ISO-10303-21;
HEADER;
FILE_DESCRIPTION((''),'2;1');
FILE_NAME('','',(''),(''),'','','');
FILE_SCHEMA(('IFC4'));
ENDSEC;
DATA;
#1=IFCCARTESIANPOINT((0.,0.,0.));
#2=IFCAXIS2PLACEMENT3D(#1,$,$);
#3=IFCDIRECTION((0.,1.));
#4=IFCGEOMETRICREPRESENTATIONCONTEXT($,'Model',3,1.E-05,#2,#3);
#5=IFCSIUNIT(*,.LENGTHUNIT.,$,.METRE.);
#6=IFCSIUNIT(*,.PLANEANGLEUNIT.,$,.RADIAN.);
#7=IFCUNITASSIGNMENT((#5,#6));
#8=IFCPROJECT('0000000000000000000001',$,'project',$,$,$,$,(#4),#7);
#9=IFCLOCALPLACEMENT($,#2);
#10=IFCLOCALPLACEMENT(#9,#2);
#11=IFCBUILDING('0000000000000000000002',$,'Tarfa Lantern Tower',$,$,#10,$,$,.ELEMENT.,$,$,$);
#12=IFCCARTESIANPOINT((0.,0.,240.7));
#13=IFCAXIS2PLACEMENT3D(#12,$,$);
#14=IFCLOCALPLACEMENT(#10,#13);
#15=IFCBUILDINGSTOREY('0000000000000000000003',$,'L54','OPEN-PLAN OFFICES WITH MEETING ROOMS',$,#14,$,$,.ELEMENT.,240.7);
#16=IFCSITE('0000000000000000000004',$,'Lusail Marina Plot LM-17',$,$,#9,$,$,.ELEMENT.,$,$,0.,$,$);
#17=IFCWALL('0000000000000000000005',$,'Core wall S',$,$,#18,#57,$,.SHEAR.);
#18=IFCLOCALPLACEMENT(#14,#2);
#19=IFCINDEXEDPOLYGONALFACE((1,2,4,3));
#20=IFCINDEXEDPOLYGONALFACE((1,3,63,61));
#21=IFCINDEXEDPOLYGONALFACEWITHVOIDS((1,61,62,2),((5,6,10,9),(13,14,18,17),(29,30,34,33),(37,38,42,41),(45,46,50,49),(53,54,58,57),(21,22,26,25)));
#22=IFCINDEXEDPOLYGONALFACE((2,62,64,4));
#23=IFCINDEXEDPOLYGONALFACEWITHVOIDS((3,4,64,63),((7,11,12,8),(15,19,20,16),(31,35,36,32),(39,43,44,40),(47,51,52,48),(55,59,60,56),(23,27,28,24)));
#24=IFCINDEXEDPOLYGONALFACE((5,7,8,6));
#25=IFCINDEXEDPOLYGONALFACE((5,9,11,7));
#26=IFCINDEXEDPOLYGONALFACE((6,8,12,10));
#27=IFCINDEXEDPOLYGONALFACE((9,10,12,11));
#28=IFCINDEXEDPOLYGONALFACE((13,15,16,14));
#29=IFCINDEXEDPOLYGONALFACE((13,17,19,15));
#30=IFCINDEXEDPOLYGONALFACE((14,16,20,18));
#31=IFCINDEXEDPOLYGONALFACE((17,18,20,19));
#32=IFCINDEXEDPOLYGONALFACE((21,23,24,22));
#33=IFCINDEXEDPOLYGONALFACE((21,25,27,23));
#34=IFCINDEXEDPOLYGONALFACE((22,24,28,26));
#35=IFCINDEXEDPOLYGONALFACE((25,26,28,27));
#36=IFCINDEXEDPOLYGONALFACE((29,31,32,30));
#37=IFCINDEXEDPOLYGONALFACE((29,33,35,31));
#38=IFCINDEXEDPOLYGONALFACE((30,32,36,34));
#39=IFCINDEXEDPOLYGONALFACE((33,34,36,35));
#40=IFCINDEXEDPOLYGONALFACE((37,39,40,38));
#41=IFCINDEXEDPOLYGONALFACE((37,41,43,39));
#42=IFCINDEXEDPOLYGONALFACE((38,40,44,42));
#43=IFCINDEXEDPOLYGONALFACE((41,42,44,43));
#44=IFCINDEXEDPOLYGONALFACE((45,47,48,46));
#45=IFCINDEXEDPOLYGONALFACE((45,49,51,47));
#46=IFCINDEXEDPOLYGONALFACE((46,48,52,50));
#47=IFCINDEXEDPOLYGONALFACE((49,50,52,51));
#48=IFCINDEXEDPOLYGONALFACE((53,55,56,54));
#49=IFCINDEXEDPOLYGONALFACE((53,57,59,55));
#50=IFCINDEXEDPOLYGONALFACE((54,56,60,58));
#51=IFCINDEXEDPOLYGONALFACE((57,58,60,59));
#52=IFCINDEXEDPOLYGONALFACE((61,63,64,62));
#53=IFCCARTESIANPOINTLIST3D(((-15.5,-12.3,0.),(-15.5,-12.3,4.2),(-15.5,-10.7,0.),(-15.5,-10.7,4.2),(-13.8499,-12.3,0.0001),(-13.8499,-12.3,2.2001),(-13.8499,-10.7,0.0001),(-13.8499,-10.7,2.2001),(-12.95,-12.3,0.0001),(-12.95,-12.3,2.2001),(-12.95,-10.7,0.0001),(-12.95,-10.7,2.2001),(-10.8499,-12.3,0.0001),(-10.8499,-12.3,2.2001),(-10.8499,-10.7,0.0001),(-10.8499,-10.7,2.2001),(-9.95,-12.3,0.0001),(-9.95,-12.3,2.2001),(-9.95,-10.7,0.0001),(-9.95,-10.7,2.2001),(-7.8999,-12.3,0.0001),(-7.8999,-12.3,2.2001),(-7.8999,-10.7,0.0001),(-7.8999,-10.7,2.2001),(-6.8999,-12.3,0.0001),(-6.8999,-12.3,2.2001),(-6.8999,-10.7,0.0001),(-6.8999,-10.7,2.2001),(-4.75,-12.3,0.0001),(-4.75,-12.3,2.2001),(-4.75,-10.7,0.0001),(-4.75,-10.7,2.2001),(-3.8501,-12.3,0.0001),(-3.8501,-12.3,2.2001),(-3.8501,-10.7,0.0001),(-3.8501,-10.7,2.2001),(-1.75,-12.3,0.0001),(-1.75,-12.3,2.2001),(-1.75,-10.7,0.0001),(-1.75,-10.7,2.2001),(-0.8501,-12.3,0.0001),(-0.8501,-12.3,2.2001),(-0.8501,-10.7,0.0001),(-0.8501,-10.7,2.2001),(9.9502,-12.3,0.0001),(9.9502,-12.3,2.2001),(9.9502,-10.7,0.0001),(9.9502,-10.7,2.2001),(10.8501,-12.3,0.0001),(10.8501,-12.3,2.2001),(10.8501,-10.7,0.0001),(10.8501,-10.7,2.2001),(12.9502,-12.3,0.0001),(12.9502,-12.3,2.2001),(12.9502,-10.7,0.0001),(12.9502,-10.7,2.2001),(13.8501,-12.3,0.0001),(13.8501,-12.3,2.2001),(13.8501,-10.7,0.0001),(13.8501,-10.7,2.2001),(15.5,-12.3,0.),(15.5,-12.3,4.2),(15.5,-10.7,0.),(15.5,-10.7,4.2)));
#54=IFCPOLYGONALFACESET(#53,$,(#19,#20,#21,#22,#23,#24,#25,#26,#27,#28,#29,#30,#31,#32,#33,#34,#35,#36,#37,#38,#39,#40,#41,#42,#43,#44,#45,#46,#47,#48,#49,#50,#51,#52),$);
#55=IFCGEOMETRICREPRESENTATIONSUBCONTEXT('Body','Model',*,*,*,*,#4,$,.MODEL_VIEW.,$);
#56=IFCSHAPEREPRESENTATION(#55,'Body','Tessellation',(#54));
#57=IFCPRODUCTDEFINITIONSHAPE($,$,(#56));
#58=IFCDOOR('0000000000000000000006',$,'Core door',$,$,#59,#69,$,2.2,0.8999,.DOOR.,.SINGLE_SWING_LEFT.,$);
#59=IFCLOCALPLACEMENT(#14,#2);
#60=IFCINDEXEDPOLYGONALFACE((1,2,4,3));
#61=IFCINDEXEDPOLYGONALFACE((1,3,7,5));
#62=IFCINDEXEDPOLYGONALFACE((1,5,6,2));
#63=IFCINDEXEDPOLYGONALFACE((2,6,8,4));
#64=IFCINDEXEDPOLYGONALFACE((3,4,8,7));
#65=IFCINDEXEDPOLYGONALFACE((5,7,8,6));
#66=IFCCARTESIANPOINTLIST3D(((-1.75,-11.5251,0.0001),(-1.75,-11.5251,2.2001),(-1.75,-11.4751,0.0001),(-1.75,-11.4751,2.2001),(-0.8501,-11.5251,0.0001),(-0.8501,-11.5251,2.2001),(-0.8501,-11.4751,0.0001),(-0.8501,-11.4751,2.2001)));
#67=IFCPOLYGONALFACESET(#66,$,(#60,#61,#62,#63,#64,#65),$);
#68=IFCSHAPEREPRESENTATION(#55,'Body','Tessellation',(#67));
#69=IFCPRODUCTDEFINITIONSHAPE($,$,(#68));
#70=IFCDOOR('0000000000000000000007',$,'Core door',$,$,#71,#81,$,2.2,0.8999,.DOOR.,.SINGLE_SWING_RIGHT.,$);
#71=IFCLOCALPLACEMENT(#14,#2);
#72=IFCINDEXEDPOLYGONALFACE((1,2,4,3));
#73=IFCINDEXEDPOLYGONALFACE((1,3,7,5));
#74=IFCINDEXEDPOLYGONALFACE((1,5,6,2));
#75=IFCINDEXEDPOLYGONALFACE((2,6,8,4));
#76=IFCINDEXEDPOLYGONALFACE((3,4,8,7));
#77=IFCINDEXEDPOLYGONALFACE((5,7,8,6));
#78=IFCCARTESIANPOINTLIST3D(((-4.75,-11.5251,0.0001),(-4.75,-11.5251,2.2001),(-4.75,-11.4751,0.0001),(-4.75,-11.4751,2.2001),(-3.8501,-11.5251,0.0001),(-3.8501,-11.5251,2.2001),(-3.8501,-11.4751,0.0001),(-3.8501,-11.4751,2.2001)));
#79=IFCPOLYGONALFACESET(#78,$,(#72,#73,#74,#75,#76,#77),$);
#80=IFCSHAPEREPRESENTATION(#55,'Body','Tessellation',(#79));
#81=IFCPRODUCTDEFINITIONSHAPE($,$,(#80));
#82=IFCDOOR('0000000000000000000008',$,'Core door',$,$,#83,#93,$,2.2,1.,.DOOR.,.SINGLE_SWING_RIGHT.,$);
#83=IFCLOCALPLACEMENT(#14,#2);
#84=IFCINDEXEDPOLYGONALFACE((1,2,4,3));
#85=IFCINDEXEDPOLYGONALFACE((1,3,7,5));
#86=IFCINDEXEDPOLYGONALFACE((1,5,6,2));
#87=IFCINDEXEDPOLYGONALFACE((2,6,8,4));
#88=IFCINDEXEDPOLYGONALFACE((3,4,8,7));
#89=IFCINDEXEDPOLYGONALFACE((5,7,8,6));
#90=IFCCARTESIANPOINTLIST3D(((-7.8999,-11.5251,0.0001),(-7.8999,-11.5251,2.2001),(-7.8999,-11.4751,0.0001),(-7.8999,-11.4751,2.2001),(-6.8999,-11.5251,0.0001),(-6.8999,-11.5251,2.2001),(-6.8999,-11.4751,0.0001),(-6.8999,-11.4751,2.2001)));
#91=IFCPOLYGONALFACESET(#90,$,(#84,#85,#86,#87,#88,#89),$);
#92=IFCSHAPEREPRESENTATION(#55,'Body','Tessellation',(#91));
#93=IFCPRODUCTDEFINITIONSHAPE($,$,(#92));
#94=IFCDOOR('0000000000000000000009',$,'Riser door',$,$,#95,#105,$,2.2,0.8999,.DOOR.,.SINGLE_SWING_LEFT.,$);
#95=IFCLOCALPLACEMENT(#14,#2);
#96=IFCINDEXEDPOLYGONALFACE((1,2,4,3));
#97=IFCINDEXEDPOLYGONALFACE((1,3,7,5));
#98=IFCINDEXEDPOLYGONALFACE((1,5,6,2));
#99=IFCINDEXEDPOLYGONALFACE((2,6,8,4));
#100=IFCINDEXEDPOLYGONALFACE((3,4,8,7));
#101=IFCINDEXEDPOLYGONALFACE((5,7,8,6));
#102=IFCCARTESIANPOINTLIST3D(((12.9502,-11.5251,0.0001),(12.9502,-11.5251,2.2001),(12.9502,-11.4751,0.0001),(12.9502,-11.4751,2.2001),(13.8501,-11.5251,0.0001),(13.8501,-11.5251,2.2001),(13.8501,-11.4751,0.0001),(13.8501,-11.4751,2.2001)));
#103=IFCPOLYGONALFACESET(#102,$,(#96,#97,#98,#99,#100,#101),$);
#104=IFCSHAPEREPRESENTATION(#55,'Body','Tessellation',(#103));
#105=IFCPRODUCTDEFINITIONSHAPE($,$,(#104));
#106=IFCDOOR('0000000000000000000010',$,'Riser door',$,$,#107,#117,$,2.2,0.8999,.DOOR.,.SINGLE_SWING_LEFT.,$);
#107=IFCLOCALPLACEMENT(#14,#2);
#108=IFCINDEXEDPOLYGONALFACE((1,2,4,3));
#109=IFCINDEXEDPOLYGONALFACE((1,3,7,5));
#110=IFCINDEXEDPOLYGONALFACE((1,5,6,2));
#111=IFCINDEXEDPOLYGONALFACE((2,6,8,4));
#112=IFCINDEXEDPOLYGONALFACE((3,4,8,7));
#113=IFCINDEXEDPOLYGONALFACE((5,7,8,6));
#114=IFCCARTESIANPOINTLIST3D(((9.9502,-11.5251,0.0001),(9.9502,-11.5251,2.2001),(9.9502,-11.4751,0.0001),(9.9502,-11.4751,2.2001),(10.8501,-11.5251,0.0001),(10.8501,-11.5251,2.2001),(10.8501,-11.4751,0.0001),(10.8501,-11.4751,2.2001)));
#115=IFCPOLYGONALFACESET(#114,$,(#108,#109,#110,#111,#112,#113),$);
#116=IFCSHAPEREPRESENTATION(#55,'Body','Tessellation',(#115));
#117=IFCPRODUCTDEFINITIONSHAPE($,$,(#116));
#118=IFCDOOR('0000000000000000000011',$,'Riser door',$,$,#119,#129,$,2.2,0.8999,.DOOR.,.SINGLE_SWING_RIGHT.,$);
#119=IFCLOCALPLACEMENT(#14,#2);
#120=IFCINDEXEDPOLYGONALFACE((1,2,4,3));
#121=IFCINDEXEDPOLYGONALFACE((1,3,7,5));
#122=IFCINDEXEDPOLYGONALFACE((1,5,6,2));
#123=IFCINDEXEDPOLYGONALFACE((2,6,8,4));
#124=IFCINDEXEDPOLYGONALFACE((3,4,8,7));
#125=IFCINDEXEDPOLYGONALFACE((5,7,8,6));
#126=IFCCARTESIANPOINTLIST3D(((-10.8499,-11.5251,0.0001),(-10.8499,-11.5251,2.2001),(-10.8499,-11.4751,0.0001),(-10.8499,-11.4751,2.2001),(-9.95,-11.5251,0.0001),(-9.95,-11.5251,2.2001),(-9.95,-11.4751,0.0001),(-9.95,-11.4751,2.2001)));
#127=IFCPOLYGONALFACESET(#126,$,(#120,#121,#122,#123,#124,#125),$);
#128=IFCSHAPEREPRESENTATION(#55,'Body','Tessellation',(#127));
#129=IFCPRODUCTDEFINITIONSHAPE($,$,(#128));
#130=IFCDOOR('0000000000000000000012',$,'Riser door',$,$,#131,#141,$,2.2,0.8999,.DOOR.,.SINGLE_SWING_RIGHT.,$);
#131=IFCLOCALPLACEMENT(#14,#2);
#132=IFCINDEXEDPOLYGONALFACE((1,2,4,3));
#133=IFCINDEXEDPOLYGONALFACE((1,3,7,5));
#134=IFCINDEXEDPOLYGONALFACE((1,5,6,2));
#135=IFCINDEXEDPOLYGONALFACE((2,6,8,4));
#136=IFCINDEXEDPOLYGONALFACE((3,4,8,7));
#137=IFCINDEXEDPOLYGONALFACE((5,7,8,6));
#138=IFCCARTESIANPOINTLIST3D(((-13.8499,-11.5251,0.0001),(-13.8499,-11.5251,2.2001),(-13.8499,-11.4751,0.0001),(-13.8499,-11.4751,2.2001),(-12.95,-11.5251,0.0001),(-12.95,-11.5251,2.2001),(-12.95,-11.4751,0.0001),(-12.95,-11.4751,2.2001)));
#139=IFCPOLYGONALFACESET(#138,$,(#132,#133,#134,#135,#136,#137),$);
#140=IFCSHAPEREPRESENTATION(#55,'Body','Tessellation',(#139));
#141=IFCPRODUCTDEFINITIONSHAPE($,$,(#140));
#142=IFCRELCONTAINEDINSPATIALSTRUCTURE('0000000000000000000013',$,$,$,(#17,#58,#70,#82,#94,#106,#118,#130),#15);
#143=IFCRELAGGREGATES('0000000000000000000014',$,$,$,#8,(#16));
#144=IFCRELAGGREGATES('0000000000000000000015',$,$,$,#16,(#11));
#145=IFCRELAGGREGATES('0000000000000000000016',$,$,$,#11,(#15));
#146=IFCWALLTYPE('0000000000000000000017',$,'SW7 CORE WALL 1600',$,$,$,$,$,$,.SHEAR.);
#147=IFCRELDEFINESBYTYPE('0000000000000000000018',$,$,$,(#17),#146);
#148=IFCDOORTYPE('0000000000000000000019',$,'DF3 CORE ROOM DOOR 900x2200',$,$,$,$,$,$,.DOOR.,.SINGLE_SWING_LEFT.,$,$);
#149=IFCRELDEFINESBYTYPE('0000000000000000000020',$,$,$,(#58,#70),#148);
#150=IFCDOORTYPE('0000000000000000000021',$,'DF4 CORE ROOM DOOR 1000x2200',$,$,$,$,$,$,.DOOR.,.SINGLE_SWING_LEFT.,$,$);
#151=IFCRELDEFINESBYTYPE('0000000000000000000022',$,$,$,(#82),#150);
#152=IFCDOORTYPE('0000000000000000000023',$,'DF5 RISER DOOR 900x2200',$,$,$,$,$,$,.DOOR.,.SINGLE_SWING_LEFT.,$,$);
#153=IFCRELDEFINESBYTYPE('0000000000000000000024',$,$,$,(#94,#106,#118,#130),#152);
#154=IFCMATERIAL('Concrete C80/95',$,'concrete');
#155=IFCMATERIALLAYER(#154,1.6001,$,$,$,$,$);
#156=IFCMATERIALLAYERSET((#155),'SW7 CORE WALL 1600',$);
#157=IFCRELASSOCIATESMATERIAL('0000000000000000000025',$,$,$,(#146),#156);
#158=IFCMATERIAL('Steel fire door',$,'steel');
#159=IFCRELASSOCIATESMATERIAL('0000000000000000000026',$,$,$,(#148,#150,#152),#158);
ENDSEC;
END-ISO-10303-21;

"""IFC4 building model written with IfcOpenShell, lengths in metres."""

from ifc_helpers import new_model, si_unit, direction, frame, frame_2d, origin, place, context, subcontext, project, spatial, rectangle, extrude, material, layer, layer_set, type_object, element, fill, save


model = new_model("IFC4")

# Units and contexts
model_context = context("Model", 3, precision=1e-05, world=origin(), true_north=direction((0.0, 1.0)))
body_context = subcontext(model_context, "Body", "Model", "MODEL_VIEW")
ifc_project = project(units=[si_unit("LENGTHUNIT", "METRE"), si_unit("PLANEANGLEUNIT", "RADIAN")], contexts=[model_context])

# Site, building, storey
site_placement = place(None, origin())
site = spatial("IfcSite", under=ifc_project, at=site_placement, Name="Lusail Marina Plot LM-17", CompositionType="ELEMENT", RefElevation=0.0)
building_placement = place(site_placement, origin())
building = spatial("IfcBuilding", under=site, at=building_placement, Name="Tarfa Lantern Tower", CompositionType="ELEMENT")
storey_placement = place(building_placement, frame((0.0, 0.0, 240.7)))
storey = spatial("IfcBuildingStorey", under=building, at=storey_placement, Name="L54", Description="OPEN-PLAN OFFICES WITH MEETING ROOMS", CompositionType="ELEMENT", Elevation=240.7)

# Shared definitions
ifc_material_1 = material(Name="Concrete C80/95", Category="concrete")

# Shared definitions
ifc_material_2 = material(Name="Steel fire door", Category="steel")

# Wall, openings, doors
ifc_layer_1 = layer(ifc_material_1, 1.6001)
ifc_layer_set_1 = layer_set([ifc_layer_1], Name="SW7 CORE WALL 1600")
wall_type_1 = type_object("IfcWallType", Name="SW7 CORE WALL 1600", PredefinedType="SHEAR", material=ifc_layer_set_1)
wall_1_placement = place(storey_placement, frame((15.5, -11.5, 0.0), z_axis=(0.0, 0.0, 1.0), x_axis=(-1.0, 0.0, 0.0)))
wall_1 = element("IfcWall", 1, at=wall_1_placement, inside=storey, type_object=wall_type_1, Name="Core wall S", PredefinedType="SHEAR", context=body_context, shape_type="SweptSolid", body=[
    extrude(rectangle(XDim=31.0, YDim=1.6001, at=frame_2d((15.5, 0.0))), origin(), (0.0, 0.0, 1.0), 4.2),
])
opening_1_placement = place(wall_1_placement, frame((16.3501, 0.0, 0.0)))
opening_1 = element("IfcOpeningElement", 2, at=opening_1_placement, cuts=wall_1, PredefinedType="OPENING", context=body_context, shape_type="SweptSolid", body=[
    extrude(rectangle(XDim=0.8999, YDim=2.2, at=frame_2d((0.45, 1.1001))), frame((0.0, 0.8101, 0.0), z_axis=(0.0, -1.0, 0.0), x_axis=(1.0, 0.0, 0.0)), (0.0, 0.0, 1.0), 1.6201),
])
opening_2_placement = place(wall_1_placement, frame((19.3501, 0.0, 0.0)))
opening_2 = element("IfcOpeningElement", 3, at=opening_2_placement, cuts=wall_1, PredefinedType="OPENING", context=body_context, shape_type="SweptSolid", body=[
    extrude(rectangle(XDim=0.8999, YDim=2.2, at=frame_2d((0.45, 1.1001))), frame((0.0, 0.8101, 0.0), z_axis=(0.0, -1.0, 0.0), x_axis=(1.0, 0.0, 0.0)), (0.0, 0.0, 1.0), 1.6201),
])
opening_3_placement = place(wall_1_placement, frame((22.3999, 0.0, 0.0)))
opening_3 = element("IfcOpeningElement", 4, at=opening_3_placement, cuts=wall_1, PredefinedType="OPENING", context=body_context, shape_type="SweptSolid", body=[
    extrude(rectangle(XDim=1.0, YDim=2.2, at=frame_2d((0.5, 1.1001))), frame((0.0, 0.8101, 0.0), z_axis=(0.0, -1.0, 0.0), x_axis=(1.0, 0.0, 0.0)), (0.0, 0.0, 1.0), 1.6201),
])
opening_4_placement = place(wall_1_placement, frame((1.6499, 0.0, 0.0)))
opening_4 = element("IfcOpeningElement", 5, at=opening_4_placement, cuts=wall_1, PredefinedType="OPENING", context=body_context, shape_type="SweptSolid", body=[
    extrude(rectangle(XDim=0.8999, YDim=2.2, at=frame_2d((0.45, 1.1001))), frame((0.0, 0.8101, 0.0), z_axis=(0.0, -1.0, 0.0), x_axis=(1.0, 0.0, 0.0)), (0.0, 0.0, 1.0), 1.6201),
])
opening_5_placement = place(wall_1_placement, frame((4.6499, 0.0, 0.0)))
opening_5 = element("IfcOpeningElement", 6, at=opening_5_placement, cuts=wall_1, PredefinedType="OPENING", context=body_context, shape_type="SweptSolid", body=[
    extrude(rectangle(XDim=0.8999, YDim=2.2, at=frame_2d((0.45, 1.1001))), frame((0.0, 0.8101, 0.0), z_axis=(0.0, -1.0, 0.0), x_axis=(1.0, 0.0, 0.0)), (0.0, 0.0, 1.0), 1.6201),
])
opening_6_placement = place(wall_1_placement, frame((25.45, 0.0, 0.0)))
opening_6 = element("IfcOpeningElement", 7, at=opening_6_placement, cuts=wall_1, PredefinedType="OPENING", context=body_context, shape_type="SweptSolid", body=[
    extrude(rectangle(XDim=0.8999, YDim=2.2, at=frame_2d((0.45, 1.1001))), frame((0.0, 0.8101, 0.0), z_axis=(0.0, -1.0, 0.0), x_axis=(1.0, 0.0, 0.0)), (0.0, 0.0, 1.0), 1.6201),
])
opening_7_placement = place(wall_1_placement, frame((28.45, 0.0, 0.0)))
opening_7 = element("IfcOpeningElement", 8, at=opening_7_placement, cuts=wall_1, PredefinedType="OPENING", context=body_context, shape_type="SweptSolid", body=[
    extrude(rectangle(XDim=0.8999, YDim=2.2, at=frame_2d((0.45, 1.1001))), frame((0.0, 0.8101, 0.0), z_axis=(0.0, -1.0, 0.0), x_axis=(1.0, 0.0, 0.0)), (0.0, 0.0, 1.0), 1.6201),
])
door_type_1 = type_object("IfcDoorType", Name="DF3 CORE ROOM DOOR 900x2200", OperationType="SINGLE_SWING_LEFT", PredefinedType="DOOR", material=ifc_material_2)
door_1_placement = place(opening_1_placement, frame((0.8999, 0.0, 0.0), z_axis=(0.0, 0.0, 1.0), x_axis=(-1.0, 0.0, 0.0)))
door_1 = element("IfcDoor", 9, at=door_1_placement, inside=storey, type_object=door_type_1, Name="Core door", OperationType="SINGLE_SWING_LEFT", OverallHeight=2.2, OverallWidth=0.8999, PredefinedType="DOOR", context=body_context, shape_type="SweptSolid", body=[
    extrude(rectangle(XDim=0.8999, YDim=2.2, at=frame_2d((0.45, 1.1001))), frame((0.0, 0.0249, 0.0), z_axis=(0.0, -1.0, 0.0), x_axis=(1.0, 0.0, 0.0)), (0.0, 0.0, 1.0), 0.05),
])
fill(opening_1, door_1)
door_2_placement = place(opening_2_placement, frame((0.8999, 0.0, 0.0), z_axis=(0.0, 0.0, 1.0), x_axis=(-1.0, 0.0, 0.0)))
door_2 = element("IfcDoor", 10, at=door_2_placement, inside=storey, type_object=door_type_1, Name="Core door", OperationType="SINGLE_SWING_RIGHT", OverallHeight=2.2, OverallWidth=0.8999, PredefinedType="DOOR", context=body_context, shape_type="SweptSolid", body=[
    extrude(rectangle(XDim=0.8999, YDim=2.2, at=frame_2d((0.45, 1.1001))), frame((0.0, 0.0249, 0.0), z_axis=(0.0, -1.0, 0.0), x_axis=(1.0, 0.0, 0.0)), (0.0, 0.0, 1.0), 0.05),
])
fill(opening_2, door_2)
door_type_2 = type_object("IfcDoorType", Name="DF4 CORE ROOM DOOR 1000x2200", OperationType="SINGLE_SWING_LEFT", PredefinedType="DOOR", material=ifc_material_2)
door_3_placement = place(opening_3_placement, frame((1.0, 0.0, 0.0), z_axis=(0.0, 0.0, 1.0), x_axis=(-1.0, 0.0, 0.0)))
door_3 = element("IfcDoor", 11, at=door_3_placement, inside=storey, type_object=door_type_2, Name="Core door", OperationType="SINGLE_SWING_RIGHT", OverallHeight=2.2, OverallWidth=1.0, PredefinedType="DOOR", context=body_context, shape_type="SweptSolid", body=[
    extrude(rectangle(XDim=1.0, YDim=2.2, at=frame_2d((0.5, 1.1001))), frame((0.0, 0.0249, 0.0), z_axis=(0.0, -1.0, 0.0), x_axis=(1.0, 0.0, 0.0)), (0.0, 0.0, 1.0), 0.05),
])
fill(opening_3, door_3)
door_type_3 = type_object("IfcDoorType", Name="DF5 RISER DOOR 900x2200", OperationType="SINGLE_SWING_LEFT", PredefinedType="DOOR", material=ifc_material_2)
door_4_placement = place(opening_4_placement, frame((0.8999, 0.0, 0.0), z_axis=(0.0, 0.0, 1.0), x_axis=(-1.0, 0.0, 0.0)))
door_4 = element("IfcDoor", 12, at=door_4_placement, inside=storey, type_object=door_type_3, Name="Riser door", OperationType="SINGLE_SWING_LEFT", OverallHeight=2.2, OverallWidth=0.8999, PredefinedType="DOOR", context=body_context, shape_type="SweptSolid", body=[
    extrude(rectangle(XDim=0.8999, YDim=2.2, at=frame_2d((0.45, 1.1001))), frame((0.0, 0.0249, 0.0), z_axis=(0.0, -1.0, 0.0), x_axis=(1.0, 0.0, 0.0)), (0.0, 0.0, 1.0), 0.05),
])
fill(opening_4, door_4)
door_5_placement = place(opening_5_placement, frame((0.8999, 0.0, 0.0), z_axis=(0.0, 0.0, 1.0), x_axis=(-1.0, 0.0, 0.0)))
door_5 = element("IfcDoor", 13, at=door_5_placement, inside=storey, type_object=door_type_3, Name="Riser door", OperationType="SINGLE_SWING_LEFT", OverallHeight=2.2, OverallWidth=0.8999, PredefinedType="DOOR", context=body_context, shape_type="SweptSolid", body=[
    extrude(rectangle(XDim=0.8999, YDim=2.2, at=frame_2d((0.45, 1.1001))), frame((0.0, 0.0249, 0.0), z_axis=(0.0, -1.0, 0.0), x_axis=(1.0, 0.0, 0.0)), (0.0, 0.0, 1.0), 0.05),
])
fill(opening_5, door_5)
door_6_placement = place(opening_6_placement, frame((0.8999, 0.0, 0.0), z_axis=(0.0, 0.0, 1.0), x_axis=(-1.0, 0.0, 0.0)))
door_6 = element("IfcDoor", 14, at=door_6_placement, inside=storey, type_object=door_type_3, Name="Riser door", OperationType="SINGLE_SWING_RIGHT", OverallHeight=2.2, OverallWidth=0.8999, PredefinedType="DOOR", context=body_context, shape_type="SweptSolid", body=[
    extrude(rectangle(XDim=0.8999, YDim=2.2, at=frame_2d((0.45, 1.1001))), frame((0.0, 0.0249, 0.0), z_axis=(0.0, -1.0, 0.0), x_axis=(1.0, 0.0, 0.0)), (0.0, 0.0, 1.0), 0.05),
])
fill(opening_6, door_6)
door_7_placement = place(opening_7_placement, frame((0.8999, 0.0, 0.0), z_axis=(0.0, 0.0, 1.0), x_axis=(-1.0, 0.0, 0.0)))
door_7 = element("IfcDoor", 15, at=door_7_placement, inside=storey, type_object=door_type_3, Name="Riser door", OperationType="SINGLE_SWING_RIGHT", OverallHeight=2.2, OverallWidth=0.8999, PredefinedType="DOOR", context=body_context, shape_type="SweptSolid", body=[
    extrude(rectangle(XDim=0.8999, YDim=2.2, at=frame_2d((0.45, 1.1001))), frame((0.0, 0.0249, 0.0), z_axis=(0.0, -1.0, 0.0), x_axis=(1.0, 0.0, 0.0)), (0.0, 0.0, 1.0), 0.05),
])
fill(opening_7, door_7)

save(model, "model.ifc")
